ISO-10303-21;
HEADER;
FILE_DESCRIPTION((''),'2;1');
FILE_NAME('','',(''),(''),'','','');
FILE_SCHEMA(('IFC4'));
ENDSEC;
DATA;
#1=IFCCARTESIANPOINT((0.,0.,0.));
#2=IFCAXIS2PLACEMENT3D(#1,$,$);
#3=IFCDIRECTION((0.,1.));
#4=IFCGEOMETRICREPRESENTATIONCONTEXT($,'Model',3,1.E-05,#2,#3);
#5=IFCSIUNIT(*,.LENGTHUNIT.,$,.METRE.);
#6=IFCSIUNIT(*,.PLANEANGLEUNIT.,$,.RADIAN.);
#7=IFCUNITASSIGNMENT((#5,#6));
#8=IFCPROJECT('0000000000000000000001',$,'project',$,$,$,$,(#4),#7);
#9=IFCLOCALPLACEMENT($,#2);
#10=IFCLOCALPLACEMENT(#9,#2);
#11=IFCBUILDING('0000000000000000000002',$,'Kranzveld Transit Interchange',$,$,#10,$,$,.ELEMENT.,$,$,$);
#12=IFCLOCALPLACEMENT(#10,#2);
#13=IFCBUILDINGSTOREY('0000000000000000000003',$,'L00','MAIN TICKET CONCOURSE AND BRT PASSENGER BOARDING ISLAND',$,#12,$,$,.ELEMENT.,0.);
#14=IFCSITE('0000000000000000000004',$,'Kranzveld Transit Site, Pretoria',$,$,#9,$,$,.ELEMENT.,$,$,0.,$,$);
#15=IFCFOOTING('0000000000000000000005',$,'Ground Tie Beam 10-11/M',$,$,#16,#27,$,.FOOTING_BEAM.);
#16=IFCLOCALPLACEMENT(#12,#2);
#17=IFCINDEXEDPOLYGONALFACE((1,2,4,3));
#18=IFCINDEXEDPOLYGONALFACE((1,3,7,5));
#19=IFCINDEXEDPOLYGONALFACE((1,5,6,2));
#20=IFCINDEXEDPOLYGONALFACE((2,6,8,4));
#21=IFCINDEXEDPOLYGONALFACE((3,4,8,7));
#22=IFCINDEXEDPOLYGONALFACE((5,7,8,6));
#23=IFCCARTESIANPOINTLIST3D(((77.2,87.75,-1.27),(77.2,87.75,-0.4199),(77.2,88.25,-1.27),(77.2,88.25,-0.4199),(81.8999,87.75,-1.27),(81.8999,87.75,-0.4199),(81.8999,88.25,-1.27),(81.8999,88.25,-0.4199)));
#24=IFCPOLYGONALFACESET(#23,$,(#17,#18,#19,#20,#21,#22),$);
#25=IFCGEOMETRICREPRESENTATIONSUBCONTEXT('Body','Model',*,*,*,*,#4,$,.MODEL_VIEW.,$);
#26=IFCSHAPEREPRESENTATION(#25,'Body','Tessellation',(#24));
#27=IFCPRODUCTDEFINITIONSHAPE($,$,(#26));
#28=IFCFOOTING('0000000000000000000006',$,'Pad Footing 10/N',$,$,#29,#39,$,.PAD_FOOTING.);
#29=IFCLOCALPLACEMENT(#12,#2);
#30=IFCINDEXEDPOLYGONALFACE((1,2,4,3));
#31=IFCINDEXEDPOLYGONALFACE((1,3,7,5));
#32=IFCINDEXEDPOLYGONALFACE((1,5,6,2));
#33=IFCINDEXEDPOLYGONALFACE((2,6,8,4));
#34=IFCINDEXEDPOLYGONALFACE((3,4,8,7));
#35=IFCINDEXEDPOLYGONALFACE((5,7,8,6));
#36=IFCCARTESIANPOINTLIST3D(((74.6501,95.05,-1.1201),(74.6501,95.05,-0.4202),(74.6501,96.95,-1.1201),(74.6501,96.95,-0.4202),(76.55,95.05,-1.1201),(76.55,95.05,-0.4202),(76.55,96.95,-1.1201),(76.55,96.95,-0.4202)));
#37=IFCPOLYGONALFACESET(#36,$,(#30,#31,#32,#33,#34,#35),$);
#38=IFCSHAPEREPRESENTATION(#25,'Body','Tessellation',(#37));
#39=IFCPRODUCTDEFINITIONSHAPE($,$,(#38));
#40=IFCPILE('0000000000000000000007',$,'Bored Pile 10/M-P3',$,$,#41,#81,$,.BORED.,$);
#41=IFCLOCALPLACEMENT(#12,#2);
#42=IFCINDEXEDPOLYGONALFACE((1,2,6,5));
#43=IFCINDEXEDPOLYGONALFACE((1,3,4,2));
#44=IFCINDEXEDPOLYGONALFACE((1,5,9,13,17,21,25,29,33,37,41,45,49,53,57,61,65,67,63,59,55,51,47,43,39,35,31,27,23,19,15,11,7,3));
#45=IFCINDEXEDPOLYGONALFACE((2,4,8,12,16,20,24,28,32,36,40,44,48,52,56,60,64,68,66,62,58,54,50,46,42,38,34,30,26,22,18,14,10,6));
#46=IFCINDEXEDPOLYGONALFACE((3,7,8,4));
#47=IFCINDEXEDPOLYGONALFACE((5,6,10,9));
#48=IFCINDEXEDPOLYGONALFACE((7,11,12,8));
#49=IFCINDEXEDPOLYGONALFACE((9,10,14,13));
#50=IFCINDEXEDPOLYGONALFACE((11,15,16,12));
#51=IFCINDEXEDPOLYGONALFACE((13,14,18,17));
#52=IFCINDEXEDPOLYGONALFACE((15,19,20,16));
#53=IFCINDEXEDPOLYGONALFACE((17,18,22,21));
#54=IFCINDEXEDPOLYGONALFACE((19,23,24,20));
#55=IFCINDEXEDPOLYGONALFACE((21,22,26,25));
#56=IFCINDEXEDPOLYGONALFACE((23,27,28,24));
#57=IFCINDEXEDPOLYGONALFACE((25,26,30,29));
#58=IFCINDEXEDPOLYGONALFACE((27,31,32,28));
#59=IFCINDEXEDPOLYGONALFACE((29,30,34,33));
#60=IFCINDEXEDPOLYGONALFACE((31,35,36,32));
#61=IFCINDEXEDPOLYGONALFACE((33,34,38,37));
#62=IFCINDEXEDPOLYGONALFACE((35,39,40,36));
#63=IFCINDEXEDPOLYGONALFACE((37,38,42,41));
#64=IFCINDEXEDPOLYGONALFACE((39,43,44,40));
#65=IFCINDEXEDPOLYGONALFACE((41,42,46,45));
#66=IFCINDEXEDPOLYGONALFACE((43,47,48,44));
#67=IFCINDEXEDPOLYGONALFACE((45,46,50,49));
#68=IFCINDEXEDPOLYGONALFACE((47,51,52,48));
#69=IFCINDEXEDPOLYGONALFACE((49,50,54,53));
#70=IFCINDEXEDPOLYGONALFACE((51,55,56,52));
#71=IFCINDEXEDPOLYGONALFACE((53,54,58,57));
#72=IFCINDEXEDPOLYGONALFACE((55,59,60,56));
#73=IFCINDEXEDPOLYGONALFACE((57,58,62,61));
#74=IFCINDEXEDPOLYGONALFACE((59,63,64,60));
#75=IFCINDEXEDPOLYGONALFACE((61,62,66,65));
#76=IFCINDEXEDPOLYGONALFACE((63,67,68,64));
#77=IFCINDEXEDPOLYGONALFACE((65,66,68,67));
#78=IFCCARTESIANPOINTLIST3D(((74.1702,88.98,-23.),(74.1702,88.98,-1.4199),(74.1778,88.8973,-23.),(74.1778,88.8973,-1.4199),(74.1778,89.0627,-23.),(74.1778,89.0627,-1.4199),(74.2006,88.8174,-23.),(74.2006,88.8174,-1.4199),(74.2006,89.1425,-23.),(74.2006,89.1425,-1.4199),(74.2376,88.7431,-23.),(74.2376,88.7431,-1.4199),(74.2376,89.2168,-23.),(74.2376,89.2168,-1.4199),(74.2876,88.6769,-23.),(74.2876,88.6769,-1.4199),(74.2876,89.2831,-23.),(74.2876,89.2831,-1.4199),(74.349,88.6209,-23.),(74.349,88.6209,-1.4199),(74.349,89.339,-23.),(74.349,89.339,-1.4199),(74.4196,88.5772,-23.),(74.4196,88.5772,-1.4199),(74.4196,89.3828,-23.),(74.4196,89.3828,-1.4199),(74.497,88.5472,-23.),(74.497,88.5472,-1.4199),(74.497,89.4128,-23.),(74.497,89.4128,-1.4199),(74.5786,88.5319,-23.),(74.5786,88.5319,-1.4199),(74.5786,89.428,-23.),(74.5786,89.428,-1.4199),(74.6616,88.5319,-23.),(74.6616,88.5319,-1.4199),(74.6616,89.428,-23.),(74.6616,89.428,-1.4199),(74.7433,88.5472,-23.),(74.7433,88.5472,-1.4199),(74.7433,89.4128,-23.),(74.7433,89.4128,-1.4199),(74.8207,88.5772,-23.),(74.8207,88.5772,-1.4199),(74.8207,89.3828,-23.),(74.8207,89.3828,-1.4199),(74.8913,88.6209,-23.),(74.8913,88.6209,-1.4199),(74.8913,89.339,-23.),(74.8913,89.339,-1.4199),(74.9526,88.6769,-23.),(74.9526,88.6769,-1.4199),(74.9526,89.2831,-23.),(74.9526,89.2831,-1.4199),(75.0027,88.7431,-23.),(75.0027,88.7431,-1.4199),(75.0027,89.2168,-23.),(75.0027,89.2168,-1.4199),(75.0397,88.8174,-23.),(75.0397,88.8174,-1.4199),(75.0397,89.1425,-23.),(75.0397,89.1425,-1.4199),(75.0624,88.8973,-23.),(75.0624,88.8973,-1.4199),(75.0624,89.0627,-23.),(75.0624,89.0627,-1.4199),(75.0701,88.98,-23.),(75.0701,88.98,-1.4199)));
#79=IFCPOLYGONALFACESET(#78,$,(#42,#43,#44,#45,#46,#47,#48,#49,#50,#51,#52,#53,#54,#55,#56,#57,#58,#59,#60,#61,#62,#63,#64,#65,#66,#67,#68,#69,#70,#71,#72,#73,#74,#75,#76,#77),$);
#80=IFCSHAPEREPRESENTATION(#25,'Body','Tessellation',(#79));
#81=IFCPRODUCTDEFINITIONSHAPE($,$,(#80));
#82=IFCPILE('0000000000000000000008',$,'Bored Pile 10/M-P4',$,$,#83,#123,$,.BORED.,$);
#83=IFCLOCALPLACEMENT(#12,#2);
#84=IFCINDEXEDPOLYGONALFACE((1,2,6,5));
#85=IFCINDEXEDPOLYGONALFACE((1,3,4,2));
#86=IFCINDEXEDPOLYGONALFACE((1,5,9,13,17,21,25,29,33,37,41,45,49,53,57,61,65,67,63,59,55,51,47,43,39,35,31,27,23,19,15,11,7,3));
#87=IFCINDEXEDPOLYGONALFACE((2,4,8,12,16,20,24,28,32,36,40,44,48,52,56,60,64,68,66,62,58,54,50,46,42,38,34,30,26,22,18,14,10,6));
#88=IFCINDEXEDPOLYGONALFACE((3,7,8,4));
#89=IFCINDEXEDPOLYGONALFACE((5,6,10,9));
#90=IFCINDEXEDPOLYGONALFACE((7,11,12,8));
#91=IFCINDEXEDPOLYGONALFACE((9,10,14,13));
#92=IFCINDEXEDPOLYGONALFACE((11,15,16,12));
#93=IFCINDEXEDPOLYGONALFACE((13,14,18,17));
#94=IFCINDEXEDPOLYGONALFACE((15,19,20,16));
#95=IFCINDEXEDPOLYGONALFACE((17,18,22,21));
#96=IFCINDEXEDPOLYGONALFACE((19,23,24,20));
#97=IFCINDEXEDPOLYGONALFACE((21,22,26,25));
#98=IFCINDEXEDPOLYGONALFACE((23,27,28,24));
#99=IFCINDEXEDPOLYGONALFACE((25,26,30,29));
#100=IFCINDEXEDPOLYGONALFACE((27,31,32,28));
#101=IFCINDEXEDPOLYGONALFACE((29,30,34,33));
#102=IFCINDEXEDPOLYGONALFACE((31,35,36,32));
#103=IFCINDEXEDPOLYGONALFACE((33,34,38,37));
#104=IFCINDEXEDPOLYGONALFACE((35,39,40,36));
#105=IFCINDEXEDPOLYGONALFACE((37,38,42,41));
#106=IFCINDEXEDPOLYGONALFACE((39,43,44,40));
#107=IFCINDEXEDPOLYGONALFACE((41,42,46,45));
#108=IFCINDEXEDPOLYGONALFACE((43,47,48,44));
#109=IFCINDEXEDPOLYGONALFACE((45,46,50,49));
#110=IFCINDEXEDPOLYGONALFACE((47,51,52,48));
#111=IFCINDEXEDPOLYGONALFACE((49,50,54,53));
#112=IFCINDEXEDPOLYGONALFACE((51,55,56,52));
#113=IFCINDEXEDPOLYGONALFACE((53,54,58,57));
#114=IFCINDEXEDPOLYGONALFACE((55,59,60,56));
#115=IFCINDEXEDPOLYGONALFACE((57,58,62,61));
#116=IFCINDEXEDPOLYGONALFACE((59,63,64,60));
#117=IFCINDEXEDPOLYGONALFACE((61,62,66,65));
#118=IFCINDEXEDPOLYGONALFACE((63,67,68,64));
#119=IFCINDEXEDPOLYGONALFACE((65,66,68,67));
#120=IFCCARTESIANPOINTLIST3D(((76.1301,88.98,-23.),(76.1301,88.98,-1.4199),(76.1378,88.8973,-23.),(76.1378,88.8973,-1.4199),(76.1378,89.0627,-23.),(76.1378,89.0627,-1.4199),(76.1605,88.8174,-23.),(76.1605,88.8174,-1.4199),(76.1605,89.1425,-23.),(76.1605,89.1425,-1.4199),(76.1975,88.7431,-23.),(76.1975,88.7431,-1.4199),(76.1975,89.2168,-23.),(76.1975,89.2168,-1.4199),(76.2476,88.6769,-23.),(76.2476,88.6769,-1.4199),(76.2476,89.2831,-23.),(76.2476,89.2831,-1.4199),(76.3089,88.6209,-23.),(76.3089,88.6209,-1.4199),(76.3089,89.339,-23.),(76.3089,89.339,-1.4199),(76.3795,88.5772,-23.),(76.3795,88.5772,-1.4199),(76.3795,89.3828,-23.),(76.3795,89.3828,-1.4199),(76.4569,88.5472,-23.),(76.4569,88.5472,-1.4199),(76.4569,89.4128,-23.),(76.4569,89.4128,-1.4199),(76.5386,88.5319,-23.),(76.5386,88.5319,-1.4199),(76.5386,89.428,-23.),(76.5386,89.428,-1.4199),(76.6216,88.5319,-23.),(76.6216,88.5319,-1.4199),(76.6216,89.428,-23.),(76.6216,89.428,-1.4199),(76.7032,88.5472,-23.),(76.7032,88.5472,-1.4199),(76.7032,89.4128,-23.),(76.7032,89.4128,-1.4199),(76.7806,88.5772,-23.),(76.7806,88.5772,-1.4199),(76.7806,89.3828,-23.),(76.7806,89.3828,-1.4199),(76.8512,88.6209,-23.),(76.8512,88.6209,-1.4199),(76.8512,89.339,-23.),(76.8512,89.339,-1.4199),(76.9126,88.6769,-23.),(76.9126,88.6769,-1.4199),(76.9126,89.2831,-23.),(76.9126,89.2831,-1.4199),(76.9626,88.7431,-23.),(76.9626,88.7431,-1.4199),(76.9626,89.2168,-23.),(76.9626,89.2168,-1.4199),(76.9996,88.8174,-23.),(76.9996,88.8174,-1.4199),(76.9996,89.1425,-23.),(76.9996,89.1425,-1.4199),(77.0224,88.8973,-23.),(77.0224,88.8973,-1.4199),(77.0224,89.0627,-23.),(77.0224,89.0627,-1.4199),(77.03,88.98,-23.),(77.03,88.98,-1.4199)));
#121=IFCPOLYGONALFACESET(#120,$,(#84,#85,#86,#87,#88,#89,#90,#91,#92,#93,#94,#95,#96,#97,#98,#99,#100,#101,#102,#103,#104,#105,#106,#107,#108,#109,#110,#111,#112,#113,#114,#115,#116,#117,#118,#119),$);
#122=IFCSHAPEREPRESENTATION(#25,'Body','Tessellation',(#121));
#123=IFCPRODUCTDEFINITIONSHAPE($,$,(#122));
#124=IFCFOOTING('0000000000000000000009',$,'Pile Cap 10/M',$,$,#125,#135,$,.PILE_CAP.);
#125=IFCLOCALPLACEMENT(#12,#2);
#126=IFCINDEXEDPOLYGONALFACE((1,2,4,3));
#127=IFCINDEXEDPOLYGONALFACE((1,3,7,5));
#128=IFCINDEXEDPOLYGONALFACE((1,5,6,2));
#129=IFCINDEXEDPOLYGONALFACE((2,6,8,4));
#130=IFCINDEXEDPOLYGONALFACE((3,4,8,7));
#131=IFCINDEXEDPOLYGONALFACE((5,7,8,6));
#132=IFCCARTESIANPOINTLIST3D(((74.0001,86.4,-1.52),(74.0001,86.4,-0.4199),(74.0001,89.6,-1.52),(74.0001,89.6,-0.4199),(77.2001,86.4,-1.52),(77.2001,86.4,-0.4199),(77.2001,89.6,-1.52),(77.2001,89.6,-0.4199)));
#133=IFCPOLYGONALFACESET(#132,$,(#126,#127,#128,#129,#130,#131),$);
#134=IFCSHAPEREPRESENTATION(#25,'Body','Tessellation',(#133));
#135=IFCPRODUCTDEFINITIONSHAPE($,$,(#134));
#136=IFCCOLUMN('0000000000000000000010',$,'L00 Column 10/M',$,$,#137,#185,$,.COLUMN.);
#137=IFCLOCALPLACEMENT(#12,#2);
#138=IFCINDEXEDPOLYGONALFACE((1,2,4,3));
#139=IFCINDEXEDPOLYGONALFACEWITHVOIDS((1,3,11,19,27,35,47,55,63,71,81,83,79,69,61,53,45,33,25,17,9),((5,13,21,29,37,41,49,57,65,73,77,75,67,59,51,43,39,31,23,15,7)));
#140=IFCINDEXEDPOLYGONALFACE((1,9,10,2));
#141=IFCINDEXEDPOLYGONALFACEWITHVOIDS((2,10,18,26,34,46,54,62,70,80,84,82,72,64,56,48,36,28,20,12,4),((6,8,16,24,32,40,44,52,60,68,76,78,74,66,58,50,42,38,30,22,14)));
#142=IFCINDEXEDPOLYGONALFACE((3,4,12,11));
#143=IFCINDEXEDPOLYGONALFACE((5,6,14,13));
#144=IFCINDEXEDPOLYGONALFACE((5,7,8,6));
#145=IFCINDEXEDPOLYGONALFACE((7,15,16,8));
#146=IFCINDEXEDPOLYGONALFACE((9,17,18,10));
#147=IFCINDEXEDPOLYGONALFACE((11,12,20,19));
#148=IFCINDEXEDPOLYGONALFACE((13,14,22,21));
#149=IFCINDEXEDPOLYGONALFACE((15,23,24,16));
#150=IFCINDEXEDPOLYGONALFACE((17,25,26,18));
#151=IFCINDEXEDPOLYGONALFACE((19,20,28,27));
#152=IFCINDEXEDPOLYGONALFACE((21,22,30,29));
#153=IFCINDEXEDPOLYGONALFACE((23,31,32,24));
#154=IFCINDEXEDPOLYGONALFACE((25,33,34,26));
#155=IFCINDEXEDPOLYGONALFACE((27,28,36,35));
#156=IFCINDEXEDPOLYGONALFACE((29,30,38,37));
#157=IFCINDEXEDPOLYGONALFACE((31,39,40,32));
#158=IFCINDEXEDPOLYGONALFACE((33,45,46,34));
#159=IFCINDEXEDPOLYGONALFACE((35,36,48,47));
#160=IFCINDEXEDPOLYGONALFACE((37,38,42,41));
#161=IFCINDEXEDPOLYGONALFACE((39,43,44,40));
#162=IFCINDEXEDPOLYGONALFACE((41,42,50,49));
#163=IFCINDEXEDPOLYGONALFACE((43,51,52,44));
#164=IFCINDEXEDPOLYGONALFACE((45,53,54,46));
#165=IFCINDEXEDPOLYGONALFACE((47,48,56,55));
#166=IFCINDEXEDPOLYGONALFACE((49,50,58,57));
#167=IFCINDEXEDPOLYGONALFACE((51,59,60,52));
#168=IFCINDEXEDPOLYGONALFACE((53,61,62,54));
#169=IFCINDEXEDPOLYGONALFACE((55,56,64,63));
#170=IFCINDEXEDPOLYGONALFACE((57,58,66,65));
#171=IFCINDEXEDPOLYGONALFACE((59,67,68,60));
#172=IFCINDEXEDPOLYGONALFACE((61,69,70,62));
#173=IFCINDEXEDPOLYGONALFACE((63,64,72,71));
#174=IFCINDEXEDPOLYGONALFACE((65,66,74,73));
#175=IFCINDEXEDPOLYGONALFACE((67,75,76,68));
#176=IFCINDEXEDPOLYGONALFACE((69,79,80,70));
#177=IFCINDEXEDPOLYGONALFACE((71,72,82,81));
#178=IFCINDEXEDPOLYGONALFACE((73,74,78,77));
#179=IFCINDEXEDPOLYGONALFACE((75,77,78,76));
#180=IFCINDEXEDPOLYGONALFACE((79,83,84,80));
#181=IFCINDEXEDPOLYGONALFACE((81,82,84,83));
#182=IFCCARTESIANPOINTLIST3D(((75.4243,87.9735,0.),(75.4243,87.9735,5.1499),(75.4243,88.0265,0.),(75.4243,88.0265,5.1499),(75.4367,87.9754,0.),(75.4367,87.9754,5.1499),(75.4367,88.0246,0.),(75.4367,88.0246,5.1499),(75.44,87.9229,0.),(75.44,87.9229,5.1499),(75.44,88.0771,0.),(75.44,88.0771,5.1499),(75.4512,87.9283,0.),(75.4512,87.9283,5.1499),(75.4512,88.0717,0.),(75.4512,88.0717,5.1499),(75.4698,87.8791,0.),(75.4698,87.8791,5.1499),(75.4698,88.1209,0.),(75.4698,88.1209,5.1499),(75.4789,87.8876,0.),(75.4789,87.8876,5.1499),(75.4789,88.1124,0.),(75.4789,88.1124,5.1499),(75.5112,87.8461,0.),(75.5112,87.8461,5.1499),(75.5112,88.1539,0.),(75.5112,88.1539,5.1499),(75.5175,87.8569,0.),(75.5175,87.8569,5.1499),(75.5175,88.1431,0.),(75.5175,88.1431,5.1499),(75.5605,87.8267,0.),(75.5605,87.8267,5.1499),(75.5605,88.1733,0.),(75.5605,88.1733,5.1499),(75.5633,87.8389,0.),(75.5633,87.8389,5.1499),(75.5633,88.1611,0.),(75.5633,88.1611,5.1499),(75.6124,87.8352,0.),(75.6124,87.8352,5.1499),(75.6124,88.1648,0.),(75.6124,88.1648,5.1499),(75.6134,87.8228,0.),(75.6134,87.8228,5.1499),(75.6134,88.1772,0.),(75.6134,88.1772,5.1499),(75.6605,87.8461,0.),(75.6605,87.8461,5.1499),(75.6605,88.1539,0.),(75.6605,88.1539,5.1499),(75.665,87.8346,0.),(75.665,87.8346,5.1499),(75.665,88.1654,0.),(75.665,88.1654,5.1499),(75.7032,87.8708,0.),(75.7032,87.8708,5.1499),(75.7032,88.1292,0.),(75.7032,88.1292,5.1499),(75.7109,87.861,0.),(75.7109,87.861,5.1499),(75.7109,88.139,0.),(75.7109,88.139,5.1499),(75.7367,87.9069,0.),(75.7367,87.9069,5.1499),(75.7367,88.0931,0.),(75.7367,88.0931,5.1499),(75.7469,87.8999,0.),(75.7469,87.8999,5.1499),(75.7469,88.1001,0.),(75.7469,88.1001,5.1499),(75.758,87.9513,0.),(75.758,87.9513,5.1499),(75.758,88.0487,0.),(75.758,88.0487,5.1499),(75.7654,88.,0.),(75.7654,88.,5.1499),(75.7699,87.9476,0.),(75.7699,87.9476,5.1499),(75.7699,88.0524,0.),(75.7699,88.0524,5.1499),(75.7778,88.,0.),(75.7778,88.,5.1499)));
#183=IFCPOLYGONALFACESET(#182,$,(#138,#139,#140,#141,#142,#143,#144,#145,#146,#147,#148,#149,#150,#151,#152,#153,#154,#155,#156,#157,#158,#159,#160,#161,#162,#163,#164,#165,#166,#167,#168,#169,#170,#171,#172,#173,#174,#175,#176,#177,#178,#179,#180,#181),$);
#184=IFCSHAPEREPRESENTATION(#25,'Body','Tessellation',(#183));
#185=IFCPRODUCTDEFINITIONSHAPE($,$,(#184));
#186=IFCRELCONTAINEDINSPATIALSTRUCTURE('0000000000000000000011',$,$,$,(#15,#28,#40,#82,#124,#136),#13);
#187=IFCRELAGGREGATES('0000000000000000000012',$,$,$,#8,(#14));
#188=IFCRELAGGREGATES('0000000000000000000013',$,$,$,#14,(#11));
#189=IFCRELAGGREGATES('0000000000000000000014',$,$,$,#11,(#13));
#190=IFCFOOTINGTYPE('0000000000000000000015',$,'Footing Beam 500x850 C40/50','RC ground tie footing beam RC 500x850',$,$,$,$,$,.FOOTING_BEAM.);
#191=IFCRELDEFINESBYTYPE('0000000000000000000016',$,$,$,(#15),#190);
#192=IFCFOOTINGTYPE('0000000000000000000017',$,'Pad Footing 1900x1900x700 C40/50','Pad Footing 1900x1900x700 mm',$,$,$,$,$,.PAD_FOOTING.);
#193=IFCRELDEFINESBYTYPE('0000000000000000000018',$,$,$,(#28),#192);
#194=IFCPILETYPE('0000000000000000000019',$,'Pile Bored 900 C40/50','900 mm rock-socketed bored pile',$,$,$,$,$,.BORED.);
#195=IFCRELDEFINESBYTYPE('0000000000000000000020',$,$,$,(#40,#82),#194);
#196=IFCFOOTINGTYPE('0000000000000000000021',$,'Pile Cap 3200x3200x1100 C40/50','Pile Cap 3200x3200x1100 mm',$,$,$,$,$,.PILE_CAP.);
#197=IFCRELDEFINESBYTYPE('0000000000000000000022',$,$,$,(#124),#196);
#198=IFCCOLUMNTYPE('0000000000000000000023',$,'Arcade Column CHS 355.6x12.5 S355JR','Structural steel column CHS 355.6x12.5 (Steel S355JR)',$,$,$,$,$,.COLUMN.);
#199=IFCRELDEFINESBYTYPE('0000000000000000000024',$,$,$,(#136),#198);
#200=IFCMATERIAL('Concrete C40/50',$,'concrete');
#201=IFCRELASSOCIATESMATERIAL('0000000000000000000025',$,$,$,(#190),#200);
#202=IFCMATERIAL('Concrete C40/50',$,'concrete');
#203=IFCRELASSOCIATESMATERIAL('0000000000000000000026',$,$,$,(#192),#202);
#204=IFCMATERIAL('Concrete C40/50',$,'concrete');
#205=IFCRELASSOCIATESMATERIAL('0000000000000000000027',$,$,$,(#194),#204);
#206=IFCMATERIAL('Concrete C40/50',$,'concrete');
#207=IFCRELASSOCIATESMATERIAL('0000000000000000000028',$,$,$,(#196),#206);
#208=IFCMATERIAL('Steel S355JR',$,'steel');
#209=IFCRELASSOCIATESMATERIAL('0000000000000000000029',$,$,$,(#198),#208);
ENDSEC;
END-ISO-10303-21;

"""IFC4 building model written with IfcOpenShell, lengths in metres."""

from ifc_helpers import new_model, si_unit, direction, frame, origin, origin_2d, place, context, subcontext, project, spatial, rectangle, circle, hollow_circle, extrude, material, material_profile, profile_set, type_object, element, save


model = new_model("IFC4")

# Units and contexts
model_context = context("Model", 3, precision=1e-05, world=origin(), true_north=direction((0.0, 1.0)))
body_context = subcontext(model_context, "Body", "Model", "MODEL_VIEW")
ifc_project = project(units=[si_unit("LENGTHUNIT", "METRE"), si_unit("PLANEANGLEUNIT", "RADIAN")], contexts=[model_context])

# Site, building, storey
site_placement = place(None, origin())
site = spatial("IfcSite", under=ifc_project, at=site_placement, Name="Kranzveld Transit Site, Pretoria", CompositionType="ELEMENT", RefElevation=0.0)
building_placement = place(site_placement, origin())
building = spatial("IfcBuilding", under=site, at=building_placement, Name="Kranzveld Transit Interchange", CompositionType="ELEMENT")
storey_placement = place(building_placement, origin())
storey = spatial("IfcBuildingStorey", under=building, at=storey_placement, Name="L00", Description="MAIN TICKET CONCOURSE AND BRT PASSENGER BOARDING ISLAND", CompositionType="ELEMENT", Elevation=0.0)

# Footings
ifc_material_1 = material(Name="Concrete C40/50", Category="concrete")
ifc_material_profile_1 = material_profile(ifc_material_1, rectangle(XDim=0.5, YDim=0.8501, at=origin_2d()), Name="RC 500x850")
ifc_profile_set_1 = profile_set([ifc_material_profile_1], Name="Concrete C40/50")
footing_type_1 = type_object("IfcFootingType", Name="Footing Beam 500x850 C40/50", Description="RC ground tie footing beam RC 500x850", PredefinedType="FOOTING_BEAM", material=ifc_profile_set_1)
footing_1_placement = place(storey_placement, frame((77.2, 88.0, -0.845), z_axis=(1.0, 0.0, 0.0), x_axis=(0.0, 1.0, 0.0)))
element("IfcFooting", 1, at=footing_1_placement, inside=storey, type_object=footing_type_1, Name="Ground Tie Beam 10-11/M", PredefinedType="FOOTING_BEAM", context=body_context, shape_type="SweptSolid", body=[
    extrude(rectangle(XDim=0.5, YDim=0.8501, at=origin_2d()), origin(), (0.0, 0.0, 1.0), 4.7),
])
ifc_material_2 = material(Name="Concrete C40/50", Category="concrete")
footing_type_2 = type_object("IfcFootingType", Name="Pad Footing 1900x1900x700 C40/50", Description="Pad Footing 1900x1900x700 mm", PredefinedType="PAD_FOOTING", material=ifc_material_2)
footing_2_placement = place(storey_placement, frame((75.6001, 96.0, -1.1201), z_axis=(0.0, 0.0, 1.0), x_axis=(1.0, 0.0, 0.0)))
element("IfcFooting", 2, at=footing_2_placement, inside=storey, type_object=footing_type_2, Name="Pad Footing 10/N", PredefinedType="PAD_FOOTING", context=body_context, shape_type="SweptSolid", body=[
    extrude(rectangle(XDim=1.8999, YDim=1.8999, at=origin_2d()), origin(), (0.0, 0.0, 1.0), 0.7),
])

# Piles
ifc_material_3 = material(Name="Concrete C40/50", Category="concrete")
ifc_material_profile_2 = material_profile(ifc_material_3, circle(Radius=0.45, at=origin_2d()), Name="BORED PILE 900")
ifc_profile_set_2 = profile_set([ifc_material_profile_2], Name="Concrete C40/50")
pile_type = type_object("IfcPileType", Name="Pile Bored 900 C40/50", Description="900 mm rock-socketed bored pile", PredefinedType="BORED", material=ifc_profile_set_2)
for number, where, z_axis, x_axis, name in (
    (3, (74.6201, 88.98, -1.4199), (0.0, 0.0, -1.0), (1.0, 0.0, 0.0), "Bored Pile 10/M-P3"),
    (4, (76.5801, 88.98, -1.4199), (0.0, 0.0, -1.0), (1.0, 0.0, 0.0), "Bored Pile 10/M-P4"),
):
    element("IfcPile", number, at=place(storey_placement, frame(where, z_axis=z_axis, x_axis=x_axis)), inside=storey, type_object=pile_type, Name=name, PredefinedType="BORED", context=body_context, shape_type="SweptSolid", body=[
        extrude(circle(Radius=0.45, at=origin_2d()), origin(), (0.0, 0.0, 1.0), 21.5801),
    ])

# Footing
ifc_material_4 = material(Name="Concrete C40/50", Category="concrete")
footing_type_3 = type_object("IfcFootingType", Name="Pile Cap 3200x3200x1100 C40/50", Description="Pile Cap 3200x3200x1100 mm", PredefinedType="PILE_CAP", material=ifc_material_4)
footing_3_placement = place(storey_placement, frame((75.6001, 88.0, -1.52), z_axis=(0.0, 0.0, 1.0), x_axis=(1.0, 0.0, 0.0)))
element("IfcFooting", 5, at=footing_3_placement, inside=storey, type_object=footing_type_3, Name="Pile Cap 10/M", PredefinedType="PILE_CAP", context=body_context, shape_type="SweptSolid", body=[
    extrude(rectangle(XDim=3.2, YDim=3.2, at=origin_2d()), origin(), (0.0, 0.0, 1.0), 1.1001),
])

# Column
ifc_material_5 = material(Name="Steel S355JR", Category="steel")
ifc_material_profile_3 = material_profile(ifc_material_5, hollow_circle(Radius=0.1777, WallThickness=0.0125, at=origin_2d()), Name="CHS 355.6x12.5")
ifc_profile_set_3 = profile_set([ifc_material_profile_3], Name="Steel S355JR")
column_type_1 = type_object("IfcColumnType", Name="Arcade Column CHS 355.6x12.5 S355JR", Description="Structural steel column CHS 355.6x12.5 (Steel S355JR)", PredefinedType="COLUMN", material=ifc_profile_set_3)
column_1_placement = place(storey_placement, frame((75.6001, 88.0, 0.0), z_axis=(0.0, 0.0, 1.0), x_axis=(1.0, 0.0, 0.0)))
element("IfcColumn", 6, at=column_1_placement, inside=storey, type_object=column_type_1, Name="L00 Column 10/M", PredefinedType="COLUMN", context=body_context, shape_type="SweptSolid", body=[
    extrude(hollow_circle(Radius=0.1777, WallThickness=0.0125, at=origin_2d()), origin(), (0.0, 0.0, 1.0), 5.1499),
])

save(model, "model.ifc")
